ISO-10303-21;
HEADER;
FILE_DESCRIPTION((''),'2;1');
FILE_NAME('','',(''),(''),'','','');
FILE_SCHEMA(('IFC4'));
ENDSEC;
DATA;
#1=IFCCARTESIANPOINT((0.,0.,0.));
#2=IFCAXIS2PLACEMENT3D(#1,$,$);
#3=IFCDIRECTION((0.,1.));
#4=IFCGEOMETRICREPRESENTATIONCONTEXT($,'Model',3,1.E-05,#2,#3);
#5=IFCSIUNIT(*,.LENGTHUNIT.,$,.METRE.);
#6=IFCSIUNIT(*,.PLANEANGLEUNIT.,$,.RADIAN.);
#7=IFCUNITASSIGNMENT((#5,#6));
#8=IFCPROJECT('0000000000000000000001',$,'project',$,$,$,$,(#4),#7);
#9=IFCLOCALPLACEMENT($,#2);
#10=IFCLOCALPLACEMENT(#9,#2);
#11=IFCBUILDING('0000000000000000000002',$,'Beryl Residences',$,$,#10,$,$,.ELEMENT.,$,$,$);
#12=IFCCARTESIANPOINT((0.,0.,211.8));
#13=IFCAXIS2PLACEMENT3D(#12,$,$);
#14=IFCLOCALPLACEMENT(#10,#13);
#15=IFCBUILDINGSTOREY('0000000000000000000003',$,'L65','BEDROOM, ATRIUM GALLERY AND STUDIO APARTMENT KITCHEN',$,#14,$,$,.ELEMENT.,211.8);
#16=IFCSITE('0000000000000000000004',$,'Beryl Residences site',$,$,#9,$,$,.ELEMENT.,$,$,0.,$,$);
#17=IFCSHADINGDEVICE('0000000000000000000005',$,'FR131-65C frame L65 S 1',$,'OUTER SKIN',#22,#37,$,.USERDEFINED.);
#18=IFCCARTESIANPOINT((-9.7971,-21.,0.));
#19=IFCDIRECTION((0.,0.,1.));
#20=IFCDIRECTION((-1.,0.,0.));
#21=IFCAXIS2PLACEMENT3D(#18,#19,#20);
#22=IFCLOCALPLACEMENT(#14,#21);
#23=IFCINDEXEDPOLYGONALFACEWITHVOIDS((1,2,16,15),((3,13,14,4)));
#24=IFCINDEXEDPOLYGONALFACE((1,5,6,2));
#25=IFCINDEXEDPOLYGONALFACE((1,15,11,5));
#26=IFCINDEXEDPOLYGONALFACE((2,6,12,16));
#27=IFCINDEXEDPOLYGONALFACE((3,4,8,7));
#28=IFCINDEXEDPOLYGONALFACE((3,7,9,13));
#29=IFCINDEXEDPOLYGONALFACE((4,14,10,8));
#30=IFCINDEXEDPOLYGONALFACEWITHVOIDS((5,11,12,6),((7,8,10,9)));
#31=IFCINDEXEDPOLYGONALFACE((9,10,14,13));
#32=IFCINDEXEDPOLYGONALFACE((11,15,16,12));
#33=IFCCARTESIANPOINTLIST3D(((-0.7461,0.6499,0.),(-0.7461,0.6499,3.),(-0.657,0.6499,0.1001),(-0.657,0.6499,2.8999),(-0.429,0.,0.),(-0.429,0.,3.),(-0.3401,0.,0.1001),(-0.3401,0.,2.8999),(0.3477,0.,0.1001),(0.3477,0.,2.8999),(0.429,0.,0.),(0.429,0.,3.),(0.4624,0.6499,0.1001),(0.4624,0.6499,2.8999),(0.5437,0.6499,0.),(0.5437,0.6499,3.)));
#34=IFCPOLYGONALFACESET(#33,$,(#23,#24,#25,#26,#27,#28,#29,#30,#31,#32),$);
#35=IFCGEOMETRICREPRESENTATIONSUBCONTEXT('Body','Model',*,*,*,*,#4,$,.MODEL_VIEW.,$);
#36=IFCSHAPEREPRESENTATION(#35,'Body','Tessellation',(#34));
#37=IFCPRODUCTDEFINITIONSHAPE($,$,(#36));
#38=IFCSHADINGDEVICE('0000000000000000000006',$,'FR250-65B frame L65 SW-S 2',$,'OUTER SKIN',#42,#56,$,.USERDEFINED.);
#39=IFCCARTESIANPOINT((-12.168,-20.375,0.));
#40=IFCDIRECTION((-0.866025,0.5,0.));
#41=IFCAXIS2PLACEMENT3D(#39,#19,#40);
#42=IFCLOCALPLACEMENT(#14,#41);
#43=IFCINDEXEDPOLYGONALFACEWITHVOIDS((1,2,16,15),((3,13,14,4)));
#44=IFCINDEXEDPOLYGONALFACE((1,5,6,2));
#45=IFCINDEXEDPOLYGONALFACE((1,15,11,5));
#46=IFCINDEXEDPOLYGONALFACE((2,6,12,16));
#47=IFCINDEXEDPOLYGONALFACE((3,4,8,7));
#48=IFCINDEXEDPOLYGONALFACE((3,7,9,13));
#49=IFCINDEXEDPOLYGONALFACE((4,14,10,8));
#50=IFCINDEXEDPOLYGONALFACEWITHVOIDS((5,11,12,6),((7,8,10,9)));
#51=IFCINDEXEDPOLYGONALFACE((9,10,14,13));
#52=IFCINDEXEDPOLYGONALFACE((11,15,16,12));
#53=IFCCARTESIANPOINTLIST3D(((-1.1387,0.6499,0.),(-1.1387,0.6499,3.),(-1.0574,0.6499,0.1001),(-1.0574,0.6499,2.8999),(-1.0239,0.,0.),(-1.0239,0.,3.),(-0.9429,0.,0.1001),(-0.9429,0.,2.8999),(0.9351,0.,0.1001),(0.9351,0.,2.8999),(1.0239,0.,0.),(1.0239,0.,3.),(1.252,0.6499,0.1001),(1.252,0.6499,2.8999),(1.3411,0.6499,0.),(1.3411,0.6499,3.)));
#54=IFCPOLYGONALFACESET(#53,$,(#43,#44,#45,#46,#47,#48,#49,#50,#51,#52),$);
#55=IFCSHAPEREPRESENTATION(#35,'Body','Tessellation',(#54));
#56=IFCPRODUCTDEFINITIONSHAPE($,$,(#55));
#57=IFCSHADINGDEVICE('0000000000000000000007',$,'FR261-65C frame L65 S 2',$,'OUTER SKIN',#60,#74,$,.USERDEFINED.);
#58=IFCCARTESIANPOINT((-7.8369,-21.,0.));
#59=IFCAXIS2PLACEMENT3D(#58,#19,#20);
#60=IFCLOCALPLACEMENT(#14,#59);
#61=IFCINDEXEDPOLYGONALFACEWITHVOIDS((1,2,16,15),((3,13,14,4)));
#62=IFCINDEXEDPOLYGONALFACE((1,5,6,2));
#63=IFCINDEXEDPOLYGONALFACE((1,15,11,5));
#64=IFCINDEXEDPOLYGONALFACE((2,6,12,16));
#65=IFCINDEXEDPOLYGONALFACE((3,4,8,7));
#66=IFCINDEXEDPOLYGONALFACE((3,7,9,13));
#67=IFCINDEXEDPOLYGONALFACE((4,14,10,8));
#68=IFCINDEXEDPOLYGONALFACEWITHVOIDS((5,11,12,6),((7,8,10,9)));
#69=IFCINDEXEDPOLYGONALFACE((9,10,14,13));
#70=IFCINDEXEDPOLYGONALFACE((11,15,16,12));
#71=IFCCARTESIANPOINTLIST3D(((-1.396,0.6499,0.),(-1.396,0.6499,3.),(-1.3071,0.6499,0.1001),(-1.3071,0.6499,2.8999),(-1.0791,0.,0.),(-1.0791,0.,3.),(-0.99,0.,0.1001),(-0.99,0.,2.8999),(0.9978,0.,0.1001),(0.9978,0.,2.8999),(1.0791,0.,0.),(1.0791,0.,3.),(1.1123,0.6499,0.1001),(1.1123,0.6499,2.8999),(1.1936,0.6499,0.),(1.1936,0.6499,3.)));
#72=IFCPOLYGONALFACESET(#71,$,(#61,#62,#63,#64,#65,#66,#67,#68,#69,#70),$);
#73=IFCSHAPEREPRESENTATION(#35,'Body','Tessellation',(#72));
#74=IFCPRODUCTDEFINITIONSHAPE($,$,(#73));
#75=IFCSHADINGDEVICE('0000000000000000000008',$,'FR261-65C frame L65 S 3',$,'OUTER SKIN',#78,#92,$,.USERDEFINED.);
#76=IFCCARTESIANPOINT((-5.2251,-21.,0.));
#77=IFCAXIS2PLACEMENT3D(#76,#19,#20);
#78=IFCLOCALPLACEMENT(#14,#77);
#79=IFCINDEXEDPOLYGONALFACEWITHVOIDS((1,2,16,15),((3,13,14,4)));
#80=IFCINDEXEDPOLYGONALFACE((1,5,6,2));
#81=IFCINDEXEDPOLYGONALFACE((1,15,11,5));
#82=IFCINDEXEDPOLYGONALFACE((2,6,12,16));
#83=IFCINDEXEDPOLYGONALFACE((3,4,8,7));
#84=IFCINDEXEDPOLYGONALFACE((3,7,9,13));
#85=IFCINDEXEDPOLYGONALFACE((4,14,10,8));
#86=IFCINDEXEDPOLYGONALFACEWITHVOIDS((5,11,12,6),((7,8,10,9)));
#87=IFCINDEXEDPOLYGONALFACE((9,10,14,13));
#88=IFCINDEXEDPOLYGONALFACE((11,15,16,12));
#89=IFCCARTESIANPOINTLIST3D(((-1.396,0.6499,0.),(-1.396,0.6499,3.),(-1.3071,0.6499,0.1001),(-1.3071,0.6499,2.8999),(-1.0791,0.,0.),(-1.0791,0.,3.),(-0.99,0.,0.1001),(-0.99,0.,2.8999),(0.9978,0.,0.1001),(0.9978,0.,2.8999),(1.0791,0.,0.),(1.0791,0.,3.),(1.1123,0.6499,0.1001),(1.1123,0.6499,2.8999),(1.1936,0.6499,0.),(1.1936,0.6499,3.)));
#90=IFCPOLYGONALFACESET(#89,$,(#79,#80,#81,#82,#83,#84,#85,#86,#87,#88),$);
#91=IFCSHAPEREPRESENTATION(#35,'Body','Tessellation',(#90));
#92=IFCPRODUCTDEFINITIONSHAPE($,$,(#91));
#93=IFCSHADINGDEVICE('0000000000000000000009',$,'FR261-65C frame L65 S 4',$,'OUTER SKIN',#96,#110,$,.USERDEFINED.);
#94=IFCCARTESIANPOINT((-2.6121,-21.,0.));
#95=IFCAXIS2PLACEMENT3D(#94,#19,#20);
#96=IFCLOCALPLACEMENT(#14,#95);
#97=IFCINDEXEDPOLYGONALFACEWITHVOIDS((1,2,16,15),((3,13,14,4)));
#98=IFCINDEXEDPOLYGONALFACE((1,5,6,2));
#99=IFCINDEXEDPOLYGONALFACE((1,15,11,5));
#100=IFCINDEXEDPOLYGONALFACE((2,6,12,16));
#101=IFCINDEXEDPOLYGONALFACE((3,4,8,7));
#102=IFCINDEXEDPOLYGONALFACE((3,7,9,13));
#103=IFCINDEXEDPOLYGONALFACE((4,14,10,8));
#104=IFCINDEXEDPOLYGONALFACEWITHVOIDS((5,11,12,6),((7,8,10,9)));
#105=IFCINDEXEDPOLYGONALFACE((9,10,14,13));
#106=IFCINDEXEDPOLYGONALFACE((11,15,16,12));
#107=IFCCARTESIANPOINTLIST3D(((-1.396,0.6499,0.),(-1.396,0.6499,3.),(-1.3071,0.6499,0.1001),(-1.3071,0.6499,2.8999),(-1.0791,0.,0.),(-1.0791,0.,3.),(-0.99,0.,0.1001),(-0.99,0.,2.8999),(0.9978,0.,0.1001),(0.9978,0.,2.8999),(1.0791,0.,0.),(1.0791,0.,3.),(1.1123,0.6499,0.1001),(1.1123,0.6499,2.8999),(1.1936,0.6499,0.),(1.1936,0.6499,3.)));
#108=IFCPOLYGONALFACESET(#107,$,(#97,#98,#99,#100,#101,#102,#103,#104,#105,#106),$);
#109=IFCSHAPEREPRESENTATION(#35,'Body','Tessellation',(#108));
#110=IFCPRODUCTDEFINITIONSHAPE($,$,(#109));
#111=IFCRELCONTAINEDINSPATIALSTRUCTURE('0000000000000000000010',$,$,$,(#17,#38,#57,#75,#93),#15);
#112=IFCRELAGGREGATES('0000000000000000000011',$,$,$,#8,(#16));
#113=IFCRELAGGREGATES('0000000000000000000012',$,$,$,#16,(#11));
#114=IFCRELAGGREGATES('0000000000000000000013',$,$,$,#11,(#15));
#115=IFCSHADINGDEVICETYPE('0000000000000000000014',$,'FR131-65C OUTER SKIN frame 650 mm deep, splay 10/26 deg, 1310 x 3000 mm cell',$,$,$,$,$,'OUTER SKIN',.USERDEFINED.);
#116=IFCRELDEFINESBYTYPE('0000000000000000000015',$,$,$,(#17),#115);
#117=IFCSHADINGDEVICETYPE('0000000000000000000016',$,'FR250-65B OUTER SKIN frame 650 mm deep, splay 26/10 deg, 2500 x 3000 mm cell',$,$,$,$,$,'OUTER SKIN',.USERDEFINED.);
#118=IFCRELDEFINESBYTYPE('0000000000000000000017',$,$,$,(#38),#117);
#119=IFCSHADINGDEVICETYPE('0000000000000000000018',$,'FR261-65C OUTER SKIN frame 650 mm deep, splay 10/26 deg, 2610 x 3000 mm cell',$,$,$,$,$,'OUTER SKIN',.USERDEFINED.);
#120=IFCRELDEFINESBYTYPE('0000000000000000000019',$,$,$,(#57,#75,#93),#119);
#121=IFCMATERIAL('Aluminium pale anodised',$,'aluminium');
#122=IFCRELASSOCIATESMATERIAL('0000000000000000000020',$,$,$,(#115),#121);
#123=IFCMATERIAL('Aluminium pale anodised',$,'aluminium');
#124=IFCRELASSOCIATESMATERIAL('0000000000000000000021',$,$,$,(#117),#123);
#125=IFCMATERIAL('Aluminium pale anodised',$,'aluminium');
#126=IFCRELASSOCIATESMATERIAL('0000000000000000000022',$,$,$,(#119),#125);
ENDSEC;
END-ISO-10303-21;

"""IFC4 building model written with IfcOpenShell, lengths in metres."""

from ifc_helpers import new_model, entity, si_unit, direction, frame, origin, place, context, subcontext, project, spatial, source, transform, mapped, material, type_object, type_shapes, element, save


model = new_model("IFC4")

# Units and contexts
model_context = context("Model", 3, precision=1e-05, world=origin(), true_north=direction((0.0, 1.0)))
body_context = subcontext(model_context, "Body", "Model", "MODEL_VIEW")
ifc_project = project(units=[si_unit("LENGTHUNIT", "METRE"), si_unit("PLANEANGLEUNIT", "RADIAN")], contexts=[model_context])

# Site, building, storey
site_placement = place(None, origin())
site = spatial("IfcSite", under=ifc_project, at=site_placement, Name="Beryl Residences site", CompositionType="ELEMENT", RefElevation=0.0)
building_placement = place(site_placement, origin())
building = spatial("IfcBuilding", under=site, at=building_placement, Name="Beryl Residences", CompositionType="ELEMENT")
storey_placement = place(building_placement, frame((0.0, 0.0, 211.8)))
storey = spatial("IfcBuildingStorey", under=building, at=storey_placement, Name="L65", Description="BEDROOM, ATRIUM GALLERY AND STUDIO APARTMENT KITCHEN", CompositionType="ELEMENT", Elevation=211.8)

# Shading devices
ifc_material_1 = material(Name="Aluminium pale anodised", Category="aluminium")
shading_device_type_1 = type_object("IfcShadingDeviceType", Name="FR131-65C OUTER SKIN frame 650 mm deep, splay 10/26 deg, 1310 x 3000 mm cell", ElementType="OUTER SKIN", PredefinedType="USERDEFINED", material=ifc_material_1)
cartesian_point_1 = entity("IfcCartesianPoint", [-0.429, 0.0])
cartesian_point_2 = entity("IfcCartesianPoint", [-0.3477, 0.1001])
cartesian_point_3 = entity("IfcCartesianPoint", [-0.5437, 0.0])
cartesian_point_4 = entity("IfcCartesianPoint", [-0.4624, 0.1001])
shared_shape_1 = source(origin(), body_context, "Body", "SweptSolid", [
    entity("IfcExtrudedAreaSolidTapered", entity("IfcArbitraryProfileDefWithVoids", "AREA", None, entity("IfcPolyline", [cartesian_point_1, entity("IfcCartesianPoint", [0.429, 0.0]), entity("IfcCartesianPoint", [0.429, 3.0]), entity("IfcCartesianPoint", [-0.429, 3.0]), cartesian_point_1]), [entity("IfcPolyline", [cartesian_point_2, entity("IfcCartesianPoint", [0.3401, 0.1001]), entity("IfcCartesianPoint", [0.3401, 2.8999]), entity("IfcCartesianPoint", [-0.3477, 2.8999]), cartesian_point_2])]), entity("IfcAxis2Placement3D", entity("IfcCartesianPoint", [0.0, 0.0, 0.0]), entity("IfcDirection", [0.0, 1.0, 0.0]), entity("IfcDirection", [-1.0, 0.0, 0.0])), entity("IfcDirection", [0.0, 0.0, 1.0]), 0.6499, entity("IfcArbitraryProfileDefWithVoids", "AREA", None, entity("IfcPolyline", [cartesian_point_3, entity("IfcCartesianPoint", [0.7461, 0.0]), entity("IfcCartesianPoint", [0.7461, 3.0]), entity("IfcCartesianPoint", [-0.5437, 3.0]), cartesian_point_3]), [entity("IfcPolyline", [cartesian_point_4, entity("IfcCartesianPoint", [0.657, 0.1001]), entity("IfcCartesianPoint", [0.657, 2.8999]), entity("IfcCartesianPoint", [-0.4624, 2.8999]), cartesian_point_4])])),
])
type_shapes(shading_device_type_1, [shared_shape_1])
shading_device_1_placement = place(storey_placement, frame((-9.7971, -21.0, 0.0), z_axis=(0.0, 0.0, 1.0), x_axis=(-1.0, 0.0, 0.0)))
element("IfcShadingDevice", 1, at=shading_device_1_placement, inside=storey, type_object=shading_device_type_1, Name="FR131-65C frame L65 S 1", ObjectType="OUTER SKIN", PredefinedType="USERDEFINED", context=body_context, shape_type="MappedRepresentation", body=[
    mapped(shared_shape_1, transform((0.0, 0.0, 0.0))),
])
ifc_material_2 = material(Name="Aluminium pale anodised", Category="aluminium")
shading_device_type_2 = type_object("IfcShadingDeviceType", Name="FR250-65B OUTER SKIN frame 650 mm deep, splay 26/10 deg, 2500 x 3000 mm cell", ElementType="OUTER SKIN", PredefinedType="USERDEFINED", material=ifc_material_2)
cartesian_point_5 = entity("IfcCartesianPoint", [-1.0239, 0.0])
cartesian_point_6 = entity("IfcCartesianPoint", [-0.9351, 0.1001])
cartesian_point_7 = entity("IfcCartesianPoint", [-1.3411, 0.0])
cartesian_point_8 = entity("IfcCartesianPoint", [-1.252, 0.1001])
shared_shape_2 = source(origin(), body_context, "Body", "SweptSolid", [
    entity("IfcExtrudedAreaSolidTapered", entity("IfcArbitraryProfileDefWithVoids", "AREA", None, entity("IfcPolyline", [cartesian_point_5, entity("IfcCartesianPoint", [1.0239, 0.0]), entity("IfcCartesianPoint", [1.0239, 3.0]), entity("IfcCartesianPoint", [-1.0239, 3.0]), cartesian_point_5]), [entity("IfcPolyline", [cartesian_point_6, entity("IfcCartesianPoint", [0.9429, 0.1001]), entity("IfcCartesianPoint", [0.9429, 2.8999]), entity("IfcCartesianPoint", [-0.9351, 2.8999]), cartesian_point_6])]), entity("IfcAxis2Placement3D", entity("IfcCartesianPoint", [0.0, 0.0, 0.0]), entity("IfcDirection", [0.0, 1.0, 0.0]), entity("IfcDirection", [-1.0, 0.0, 0.0])), entity("IfcDirection", [0.0, 0.0, 1.0]), 0.6499, entity("IfcArbitraryProfileDefWithVoids", "AREA", None, entity("IfcPolyline", [cartesian_point_7, entity("IfcCartesianPoint", [1.1387, 0.0]), entity("IfcCartesianPoint", [1.1387, 3.0]), entity("IfcCartesianPoint", [-1.3411, 3.0]), cartesian_point_7]), [entity("IfcPolyline", [cartesian_point_8, entity("IfcCartesianPoint", [1.0574, 0.1001]), entity("IfcCartesianPoint", [1.0574, 2.8999]), entity("IfcCartesianPoint", [-1.252, 2.8999]), cartesian_point_8])])),
])
type_shapes(shading_device_type_2, [shared_shape_2])
shading_device_2_placement = place(storey_placement, frame((-12.168, -20.375, 0.0), z_axis=(0.0, 0.0, 1.0), x_axis=(-0.866025, 0.5, 0.0)))
element("IfcShadingDevice", 2, at=shading_device_2_placement, inside=storey, type_object=shading_device_type_2, Name="FR250-65B frame L65 SW-S 2", ObjectType="OUTER SKIN", PredefinedType="USERDEFINED", context=body_context, shape_type="MappedRepresentation", body=[
    mapped(shared_shape_2, transform((0.0, 0.0, 0.0))),
])
ifc_material_3 = material(Name="Aluminium pale anodised", Category="aluminium")
shading_device_type_3 = type_object("IfcShadingDeviceType", Name="FR261-65C OUTER SKIN frame 650 mm deep, splay 10/26 deg, 2610 x 3000 mm cell", ElementType="OUTER SKIN", PredefinedType="USERDEFINED", material=ifc_material_3)
cartesian_point_9 = entity("IfcCartesianPoint", [-1.0791, 0.0])
cartesian_point_10 = entity("IfcCartesianPoint", [-0.9978, 0.1001])
cartesian_point_11 = entity("IfcCartesianPoint", [-1.1936, 0.0])
cartesian_point_12 = entity("IfcCartesianPoint", [-1.1123, 0.1001])
shared_shape_3 = source(origin(), body_context, "Body", "SweptSolid", [
    entity("IfcExtrudedAreaSolidTapered", entity("IfcArbitraryProfileDefWithVoids", "AREA", None, entity("IfcPolyline", [cartesian_point_9, entity("IfcCartesianPoint", [1.0791, 0.0]), entity("IfcCartesianPoint", [1.0791, 3.0]), entity("IfcCartesianPoint", [-1.0791, 3.0]), cartesian_point_9]), [entity("IfcPolyline", [cartesian_point_10, entity("IfcCartesianPoint", [0.99, 0.1001]), entity("IfcCartesianPoint", [0.99, 2.8999]), entity("IfcCartesianPoint", [-0.9978, 2.8999]), cartesian_point_10])]), entity("IfcAxis2Placement3D", entity("IfcCartesianPoint", [0.0, 0.0, 0.0]), entity("IfcDirection", [0.0, 1.0, 0.0]), entity("IfcDirection", [-1.0, 0.0, 0.0])), entity("IfcDirection", [0.0, 0.0, 1.0]), 0.6499, entity("IfcArbitraryProfileDefWithVoids", "AREA", None, entity("IfcPolyline", [cartesian_point_11, entity("IfcCartesianPoint", [1.396, 0.0]), entity("IfcCartesianPoint", [1.396, 3.0]), entity("IfcCartesianPoint", [-1.1936, 3.0]), cartesian_point_11]), [entity("IfcPolyline", [cartesian_point_12, entity("IfcCartesianPoint", [1.3071, 0.1001]), entity("IfcCartesianPoint", [1.3071, 2.8999]), entity("IfcCartesianPoint", [-1.1123, 2.8999]), cartesian_point_12])])),
])
type_shapes(shading_device_type_3, [shared_shape_3])
for number, where, z_axis, x_axis, name in (
    (3, (-7.8369, -21.0, 0.0), (0.0, 0.0, 1.0), (-1.0, 0.0, 0.0), "FR261-65C frame L65 S 2"),
    (4, (-5.2251, -21.0, 0.0), (0.0, 0.0, 1.0), (-1.0, 0.0, 0.0), "FR261-65C frame L65 S 3"),
    (5, (-2.6121, -21.0, 0.0), (0.0, 0.0, 1.0), (-1.0, 0.0, 0.0), "FR261-65C frame L65 S 4"),
):
    element("IfcShadingDevice", number, at=place(storey_placement, frame(where, z_axis=z_axis, x_axis=x_axis)), inside=storey, type_object=shading_device_type_3, Name=name, ObjectType="OUTER SKIN", PredefinedType="USERDEFINED", context=body_context, shape_type="MappedRepresentation", body=[
        mapped(shared_shape_3, transform((0.0, 0.0, 0.0))),
    ])

save(model, "model.ifc")
